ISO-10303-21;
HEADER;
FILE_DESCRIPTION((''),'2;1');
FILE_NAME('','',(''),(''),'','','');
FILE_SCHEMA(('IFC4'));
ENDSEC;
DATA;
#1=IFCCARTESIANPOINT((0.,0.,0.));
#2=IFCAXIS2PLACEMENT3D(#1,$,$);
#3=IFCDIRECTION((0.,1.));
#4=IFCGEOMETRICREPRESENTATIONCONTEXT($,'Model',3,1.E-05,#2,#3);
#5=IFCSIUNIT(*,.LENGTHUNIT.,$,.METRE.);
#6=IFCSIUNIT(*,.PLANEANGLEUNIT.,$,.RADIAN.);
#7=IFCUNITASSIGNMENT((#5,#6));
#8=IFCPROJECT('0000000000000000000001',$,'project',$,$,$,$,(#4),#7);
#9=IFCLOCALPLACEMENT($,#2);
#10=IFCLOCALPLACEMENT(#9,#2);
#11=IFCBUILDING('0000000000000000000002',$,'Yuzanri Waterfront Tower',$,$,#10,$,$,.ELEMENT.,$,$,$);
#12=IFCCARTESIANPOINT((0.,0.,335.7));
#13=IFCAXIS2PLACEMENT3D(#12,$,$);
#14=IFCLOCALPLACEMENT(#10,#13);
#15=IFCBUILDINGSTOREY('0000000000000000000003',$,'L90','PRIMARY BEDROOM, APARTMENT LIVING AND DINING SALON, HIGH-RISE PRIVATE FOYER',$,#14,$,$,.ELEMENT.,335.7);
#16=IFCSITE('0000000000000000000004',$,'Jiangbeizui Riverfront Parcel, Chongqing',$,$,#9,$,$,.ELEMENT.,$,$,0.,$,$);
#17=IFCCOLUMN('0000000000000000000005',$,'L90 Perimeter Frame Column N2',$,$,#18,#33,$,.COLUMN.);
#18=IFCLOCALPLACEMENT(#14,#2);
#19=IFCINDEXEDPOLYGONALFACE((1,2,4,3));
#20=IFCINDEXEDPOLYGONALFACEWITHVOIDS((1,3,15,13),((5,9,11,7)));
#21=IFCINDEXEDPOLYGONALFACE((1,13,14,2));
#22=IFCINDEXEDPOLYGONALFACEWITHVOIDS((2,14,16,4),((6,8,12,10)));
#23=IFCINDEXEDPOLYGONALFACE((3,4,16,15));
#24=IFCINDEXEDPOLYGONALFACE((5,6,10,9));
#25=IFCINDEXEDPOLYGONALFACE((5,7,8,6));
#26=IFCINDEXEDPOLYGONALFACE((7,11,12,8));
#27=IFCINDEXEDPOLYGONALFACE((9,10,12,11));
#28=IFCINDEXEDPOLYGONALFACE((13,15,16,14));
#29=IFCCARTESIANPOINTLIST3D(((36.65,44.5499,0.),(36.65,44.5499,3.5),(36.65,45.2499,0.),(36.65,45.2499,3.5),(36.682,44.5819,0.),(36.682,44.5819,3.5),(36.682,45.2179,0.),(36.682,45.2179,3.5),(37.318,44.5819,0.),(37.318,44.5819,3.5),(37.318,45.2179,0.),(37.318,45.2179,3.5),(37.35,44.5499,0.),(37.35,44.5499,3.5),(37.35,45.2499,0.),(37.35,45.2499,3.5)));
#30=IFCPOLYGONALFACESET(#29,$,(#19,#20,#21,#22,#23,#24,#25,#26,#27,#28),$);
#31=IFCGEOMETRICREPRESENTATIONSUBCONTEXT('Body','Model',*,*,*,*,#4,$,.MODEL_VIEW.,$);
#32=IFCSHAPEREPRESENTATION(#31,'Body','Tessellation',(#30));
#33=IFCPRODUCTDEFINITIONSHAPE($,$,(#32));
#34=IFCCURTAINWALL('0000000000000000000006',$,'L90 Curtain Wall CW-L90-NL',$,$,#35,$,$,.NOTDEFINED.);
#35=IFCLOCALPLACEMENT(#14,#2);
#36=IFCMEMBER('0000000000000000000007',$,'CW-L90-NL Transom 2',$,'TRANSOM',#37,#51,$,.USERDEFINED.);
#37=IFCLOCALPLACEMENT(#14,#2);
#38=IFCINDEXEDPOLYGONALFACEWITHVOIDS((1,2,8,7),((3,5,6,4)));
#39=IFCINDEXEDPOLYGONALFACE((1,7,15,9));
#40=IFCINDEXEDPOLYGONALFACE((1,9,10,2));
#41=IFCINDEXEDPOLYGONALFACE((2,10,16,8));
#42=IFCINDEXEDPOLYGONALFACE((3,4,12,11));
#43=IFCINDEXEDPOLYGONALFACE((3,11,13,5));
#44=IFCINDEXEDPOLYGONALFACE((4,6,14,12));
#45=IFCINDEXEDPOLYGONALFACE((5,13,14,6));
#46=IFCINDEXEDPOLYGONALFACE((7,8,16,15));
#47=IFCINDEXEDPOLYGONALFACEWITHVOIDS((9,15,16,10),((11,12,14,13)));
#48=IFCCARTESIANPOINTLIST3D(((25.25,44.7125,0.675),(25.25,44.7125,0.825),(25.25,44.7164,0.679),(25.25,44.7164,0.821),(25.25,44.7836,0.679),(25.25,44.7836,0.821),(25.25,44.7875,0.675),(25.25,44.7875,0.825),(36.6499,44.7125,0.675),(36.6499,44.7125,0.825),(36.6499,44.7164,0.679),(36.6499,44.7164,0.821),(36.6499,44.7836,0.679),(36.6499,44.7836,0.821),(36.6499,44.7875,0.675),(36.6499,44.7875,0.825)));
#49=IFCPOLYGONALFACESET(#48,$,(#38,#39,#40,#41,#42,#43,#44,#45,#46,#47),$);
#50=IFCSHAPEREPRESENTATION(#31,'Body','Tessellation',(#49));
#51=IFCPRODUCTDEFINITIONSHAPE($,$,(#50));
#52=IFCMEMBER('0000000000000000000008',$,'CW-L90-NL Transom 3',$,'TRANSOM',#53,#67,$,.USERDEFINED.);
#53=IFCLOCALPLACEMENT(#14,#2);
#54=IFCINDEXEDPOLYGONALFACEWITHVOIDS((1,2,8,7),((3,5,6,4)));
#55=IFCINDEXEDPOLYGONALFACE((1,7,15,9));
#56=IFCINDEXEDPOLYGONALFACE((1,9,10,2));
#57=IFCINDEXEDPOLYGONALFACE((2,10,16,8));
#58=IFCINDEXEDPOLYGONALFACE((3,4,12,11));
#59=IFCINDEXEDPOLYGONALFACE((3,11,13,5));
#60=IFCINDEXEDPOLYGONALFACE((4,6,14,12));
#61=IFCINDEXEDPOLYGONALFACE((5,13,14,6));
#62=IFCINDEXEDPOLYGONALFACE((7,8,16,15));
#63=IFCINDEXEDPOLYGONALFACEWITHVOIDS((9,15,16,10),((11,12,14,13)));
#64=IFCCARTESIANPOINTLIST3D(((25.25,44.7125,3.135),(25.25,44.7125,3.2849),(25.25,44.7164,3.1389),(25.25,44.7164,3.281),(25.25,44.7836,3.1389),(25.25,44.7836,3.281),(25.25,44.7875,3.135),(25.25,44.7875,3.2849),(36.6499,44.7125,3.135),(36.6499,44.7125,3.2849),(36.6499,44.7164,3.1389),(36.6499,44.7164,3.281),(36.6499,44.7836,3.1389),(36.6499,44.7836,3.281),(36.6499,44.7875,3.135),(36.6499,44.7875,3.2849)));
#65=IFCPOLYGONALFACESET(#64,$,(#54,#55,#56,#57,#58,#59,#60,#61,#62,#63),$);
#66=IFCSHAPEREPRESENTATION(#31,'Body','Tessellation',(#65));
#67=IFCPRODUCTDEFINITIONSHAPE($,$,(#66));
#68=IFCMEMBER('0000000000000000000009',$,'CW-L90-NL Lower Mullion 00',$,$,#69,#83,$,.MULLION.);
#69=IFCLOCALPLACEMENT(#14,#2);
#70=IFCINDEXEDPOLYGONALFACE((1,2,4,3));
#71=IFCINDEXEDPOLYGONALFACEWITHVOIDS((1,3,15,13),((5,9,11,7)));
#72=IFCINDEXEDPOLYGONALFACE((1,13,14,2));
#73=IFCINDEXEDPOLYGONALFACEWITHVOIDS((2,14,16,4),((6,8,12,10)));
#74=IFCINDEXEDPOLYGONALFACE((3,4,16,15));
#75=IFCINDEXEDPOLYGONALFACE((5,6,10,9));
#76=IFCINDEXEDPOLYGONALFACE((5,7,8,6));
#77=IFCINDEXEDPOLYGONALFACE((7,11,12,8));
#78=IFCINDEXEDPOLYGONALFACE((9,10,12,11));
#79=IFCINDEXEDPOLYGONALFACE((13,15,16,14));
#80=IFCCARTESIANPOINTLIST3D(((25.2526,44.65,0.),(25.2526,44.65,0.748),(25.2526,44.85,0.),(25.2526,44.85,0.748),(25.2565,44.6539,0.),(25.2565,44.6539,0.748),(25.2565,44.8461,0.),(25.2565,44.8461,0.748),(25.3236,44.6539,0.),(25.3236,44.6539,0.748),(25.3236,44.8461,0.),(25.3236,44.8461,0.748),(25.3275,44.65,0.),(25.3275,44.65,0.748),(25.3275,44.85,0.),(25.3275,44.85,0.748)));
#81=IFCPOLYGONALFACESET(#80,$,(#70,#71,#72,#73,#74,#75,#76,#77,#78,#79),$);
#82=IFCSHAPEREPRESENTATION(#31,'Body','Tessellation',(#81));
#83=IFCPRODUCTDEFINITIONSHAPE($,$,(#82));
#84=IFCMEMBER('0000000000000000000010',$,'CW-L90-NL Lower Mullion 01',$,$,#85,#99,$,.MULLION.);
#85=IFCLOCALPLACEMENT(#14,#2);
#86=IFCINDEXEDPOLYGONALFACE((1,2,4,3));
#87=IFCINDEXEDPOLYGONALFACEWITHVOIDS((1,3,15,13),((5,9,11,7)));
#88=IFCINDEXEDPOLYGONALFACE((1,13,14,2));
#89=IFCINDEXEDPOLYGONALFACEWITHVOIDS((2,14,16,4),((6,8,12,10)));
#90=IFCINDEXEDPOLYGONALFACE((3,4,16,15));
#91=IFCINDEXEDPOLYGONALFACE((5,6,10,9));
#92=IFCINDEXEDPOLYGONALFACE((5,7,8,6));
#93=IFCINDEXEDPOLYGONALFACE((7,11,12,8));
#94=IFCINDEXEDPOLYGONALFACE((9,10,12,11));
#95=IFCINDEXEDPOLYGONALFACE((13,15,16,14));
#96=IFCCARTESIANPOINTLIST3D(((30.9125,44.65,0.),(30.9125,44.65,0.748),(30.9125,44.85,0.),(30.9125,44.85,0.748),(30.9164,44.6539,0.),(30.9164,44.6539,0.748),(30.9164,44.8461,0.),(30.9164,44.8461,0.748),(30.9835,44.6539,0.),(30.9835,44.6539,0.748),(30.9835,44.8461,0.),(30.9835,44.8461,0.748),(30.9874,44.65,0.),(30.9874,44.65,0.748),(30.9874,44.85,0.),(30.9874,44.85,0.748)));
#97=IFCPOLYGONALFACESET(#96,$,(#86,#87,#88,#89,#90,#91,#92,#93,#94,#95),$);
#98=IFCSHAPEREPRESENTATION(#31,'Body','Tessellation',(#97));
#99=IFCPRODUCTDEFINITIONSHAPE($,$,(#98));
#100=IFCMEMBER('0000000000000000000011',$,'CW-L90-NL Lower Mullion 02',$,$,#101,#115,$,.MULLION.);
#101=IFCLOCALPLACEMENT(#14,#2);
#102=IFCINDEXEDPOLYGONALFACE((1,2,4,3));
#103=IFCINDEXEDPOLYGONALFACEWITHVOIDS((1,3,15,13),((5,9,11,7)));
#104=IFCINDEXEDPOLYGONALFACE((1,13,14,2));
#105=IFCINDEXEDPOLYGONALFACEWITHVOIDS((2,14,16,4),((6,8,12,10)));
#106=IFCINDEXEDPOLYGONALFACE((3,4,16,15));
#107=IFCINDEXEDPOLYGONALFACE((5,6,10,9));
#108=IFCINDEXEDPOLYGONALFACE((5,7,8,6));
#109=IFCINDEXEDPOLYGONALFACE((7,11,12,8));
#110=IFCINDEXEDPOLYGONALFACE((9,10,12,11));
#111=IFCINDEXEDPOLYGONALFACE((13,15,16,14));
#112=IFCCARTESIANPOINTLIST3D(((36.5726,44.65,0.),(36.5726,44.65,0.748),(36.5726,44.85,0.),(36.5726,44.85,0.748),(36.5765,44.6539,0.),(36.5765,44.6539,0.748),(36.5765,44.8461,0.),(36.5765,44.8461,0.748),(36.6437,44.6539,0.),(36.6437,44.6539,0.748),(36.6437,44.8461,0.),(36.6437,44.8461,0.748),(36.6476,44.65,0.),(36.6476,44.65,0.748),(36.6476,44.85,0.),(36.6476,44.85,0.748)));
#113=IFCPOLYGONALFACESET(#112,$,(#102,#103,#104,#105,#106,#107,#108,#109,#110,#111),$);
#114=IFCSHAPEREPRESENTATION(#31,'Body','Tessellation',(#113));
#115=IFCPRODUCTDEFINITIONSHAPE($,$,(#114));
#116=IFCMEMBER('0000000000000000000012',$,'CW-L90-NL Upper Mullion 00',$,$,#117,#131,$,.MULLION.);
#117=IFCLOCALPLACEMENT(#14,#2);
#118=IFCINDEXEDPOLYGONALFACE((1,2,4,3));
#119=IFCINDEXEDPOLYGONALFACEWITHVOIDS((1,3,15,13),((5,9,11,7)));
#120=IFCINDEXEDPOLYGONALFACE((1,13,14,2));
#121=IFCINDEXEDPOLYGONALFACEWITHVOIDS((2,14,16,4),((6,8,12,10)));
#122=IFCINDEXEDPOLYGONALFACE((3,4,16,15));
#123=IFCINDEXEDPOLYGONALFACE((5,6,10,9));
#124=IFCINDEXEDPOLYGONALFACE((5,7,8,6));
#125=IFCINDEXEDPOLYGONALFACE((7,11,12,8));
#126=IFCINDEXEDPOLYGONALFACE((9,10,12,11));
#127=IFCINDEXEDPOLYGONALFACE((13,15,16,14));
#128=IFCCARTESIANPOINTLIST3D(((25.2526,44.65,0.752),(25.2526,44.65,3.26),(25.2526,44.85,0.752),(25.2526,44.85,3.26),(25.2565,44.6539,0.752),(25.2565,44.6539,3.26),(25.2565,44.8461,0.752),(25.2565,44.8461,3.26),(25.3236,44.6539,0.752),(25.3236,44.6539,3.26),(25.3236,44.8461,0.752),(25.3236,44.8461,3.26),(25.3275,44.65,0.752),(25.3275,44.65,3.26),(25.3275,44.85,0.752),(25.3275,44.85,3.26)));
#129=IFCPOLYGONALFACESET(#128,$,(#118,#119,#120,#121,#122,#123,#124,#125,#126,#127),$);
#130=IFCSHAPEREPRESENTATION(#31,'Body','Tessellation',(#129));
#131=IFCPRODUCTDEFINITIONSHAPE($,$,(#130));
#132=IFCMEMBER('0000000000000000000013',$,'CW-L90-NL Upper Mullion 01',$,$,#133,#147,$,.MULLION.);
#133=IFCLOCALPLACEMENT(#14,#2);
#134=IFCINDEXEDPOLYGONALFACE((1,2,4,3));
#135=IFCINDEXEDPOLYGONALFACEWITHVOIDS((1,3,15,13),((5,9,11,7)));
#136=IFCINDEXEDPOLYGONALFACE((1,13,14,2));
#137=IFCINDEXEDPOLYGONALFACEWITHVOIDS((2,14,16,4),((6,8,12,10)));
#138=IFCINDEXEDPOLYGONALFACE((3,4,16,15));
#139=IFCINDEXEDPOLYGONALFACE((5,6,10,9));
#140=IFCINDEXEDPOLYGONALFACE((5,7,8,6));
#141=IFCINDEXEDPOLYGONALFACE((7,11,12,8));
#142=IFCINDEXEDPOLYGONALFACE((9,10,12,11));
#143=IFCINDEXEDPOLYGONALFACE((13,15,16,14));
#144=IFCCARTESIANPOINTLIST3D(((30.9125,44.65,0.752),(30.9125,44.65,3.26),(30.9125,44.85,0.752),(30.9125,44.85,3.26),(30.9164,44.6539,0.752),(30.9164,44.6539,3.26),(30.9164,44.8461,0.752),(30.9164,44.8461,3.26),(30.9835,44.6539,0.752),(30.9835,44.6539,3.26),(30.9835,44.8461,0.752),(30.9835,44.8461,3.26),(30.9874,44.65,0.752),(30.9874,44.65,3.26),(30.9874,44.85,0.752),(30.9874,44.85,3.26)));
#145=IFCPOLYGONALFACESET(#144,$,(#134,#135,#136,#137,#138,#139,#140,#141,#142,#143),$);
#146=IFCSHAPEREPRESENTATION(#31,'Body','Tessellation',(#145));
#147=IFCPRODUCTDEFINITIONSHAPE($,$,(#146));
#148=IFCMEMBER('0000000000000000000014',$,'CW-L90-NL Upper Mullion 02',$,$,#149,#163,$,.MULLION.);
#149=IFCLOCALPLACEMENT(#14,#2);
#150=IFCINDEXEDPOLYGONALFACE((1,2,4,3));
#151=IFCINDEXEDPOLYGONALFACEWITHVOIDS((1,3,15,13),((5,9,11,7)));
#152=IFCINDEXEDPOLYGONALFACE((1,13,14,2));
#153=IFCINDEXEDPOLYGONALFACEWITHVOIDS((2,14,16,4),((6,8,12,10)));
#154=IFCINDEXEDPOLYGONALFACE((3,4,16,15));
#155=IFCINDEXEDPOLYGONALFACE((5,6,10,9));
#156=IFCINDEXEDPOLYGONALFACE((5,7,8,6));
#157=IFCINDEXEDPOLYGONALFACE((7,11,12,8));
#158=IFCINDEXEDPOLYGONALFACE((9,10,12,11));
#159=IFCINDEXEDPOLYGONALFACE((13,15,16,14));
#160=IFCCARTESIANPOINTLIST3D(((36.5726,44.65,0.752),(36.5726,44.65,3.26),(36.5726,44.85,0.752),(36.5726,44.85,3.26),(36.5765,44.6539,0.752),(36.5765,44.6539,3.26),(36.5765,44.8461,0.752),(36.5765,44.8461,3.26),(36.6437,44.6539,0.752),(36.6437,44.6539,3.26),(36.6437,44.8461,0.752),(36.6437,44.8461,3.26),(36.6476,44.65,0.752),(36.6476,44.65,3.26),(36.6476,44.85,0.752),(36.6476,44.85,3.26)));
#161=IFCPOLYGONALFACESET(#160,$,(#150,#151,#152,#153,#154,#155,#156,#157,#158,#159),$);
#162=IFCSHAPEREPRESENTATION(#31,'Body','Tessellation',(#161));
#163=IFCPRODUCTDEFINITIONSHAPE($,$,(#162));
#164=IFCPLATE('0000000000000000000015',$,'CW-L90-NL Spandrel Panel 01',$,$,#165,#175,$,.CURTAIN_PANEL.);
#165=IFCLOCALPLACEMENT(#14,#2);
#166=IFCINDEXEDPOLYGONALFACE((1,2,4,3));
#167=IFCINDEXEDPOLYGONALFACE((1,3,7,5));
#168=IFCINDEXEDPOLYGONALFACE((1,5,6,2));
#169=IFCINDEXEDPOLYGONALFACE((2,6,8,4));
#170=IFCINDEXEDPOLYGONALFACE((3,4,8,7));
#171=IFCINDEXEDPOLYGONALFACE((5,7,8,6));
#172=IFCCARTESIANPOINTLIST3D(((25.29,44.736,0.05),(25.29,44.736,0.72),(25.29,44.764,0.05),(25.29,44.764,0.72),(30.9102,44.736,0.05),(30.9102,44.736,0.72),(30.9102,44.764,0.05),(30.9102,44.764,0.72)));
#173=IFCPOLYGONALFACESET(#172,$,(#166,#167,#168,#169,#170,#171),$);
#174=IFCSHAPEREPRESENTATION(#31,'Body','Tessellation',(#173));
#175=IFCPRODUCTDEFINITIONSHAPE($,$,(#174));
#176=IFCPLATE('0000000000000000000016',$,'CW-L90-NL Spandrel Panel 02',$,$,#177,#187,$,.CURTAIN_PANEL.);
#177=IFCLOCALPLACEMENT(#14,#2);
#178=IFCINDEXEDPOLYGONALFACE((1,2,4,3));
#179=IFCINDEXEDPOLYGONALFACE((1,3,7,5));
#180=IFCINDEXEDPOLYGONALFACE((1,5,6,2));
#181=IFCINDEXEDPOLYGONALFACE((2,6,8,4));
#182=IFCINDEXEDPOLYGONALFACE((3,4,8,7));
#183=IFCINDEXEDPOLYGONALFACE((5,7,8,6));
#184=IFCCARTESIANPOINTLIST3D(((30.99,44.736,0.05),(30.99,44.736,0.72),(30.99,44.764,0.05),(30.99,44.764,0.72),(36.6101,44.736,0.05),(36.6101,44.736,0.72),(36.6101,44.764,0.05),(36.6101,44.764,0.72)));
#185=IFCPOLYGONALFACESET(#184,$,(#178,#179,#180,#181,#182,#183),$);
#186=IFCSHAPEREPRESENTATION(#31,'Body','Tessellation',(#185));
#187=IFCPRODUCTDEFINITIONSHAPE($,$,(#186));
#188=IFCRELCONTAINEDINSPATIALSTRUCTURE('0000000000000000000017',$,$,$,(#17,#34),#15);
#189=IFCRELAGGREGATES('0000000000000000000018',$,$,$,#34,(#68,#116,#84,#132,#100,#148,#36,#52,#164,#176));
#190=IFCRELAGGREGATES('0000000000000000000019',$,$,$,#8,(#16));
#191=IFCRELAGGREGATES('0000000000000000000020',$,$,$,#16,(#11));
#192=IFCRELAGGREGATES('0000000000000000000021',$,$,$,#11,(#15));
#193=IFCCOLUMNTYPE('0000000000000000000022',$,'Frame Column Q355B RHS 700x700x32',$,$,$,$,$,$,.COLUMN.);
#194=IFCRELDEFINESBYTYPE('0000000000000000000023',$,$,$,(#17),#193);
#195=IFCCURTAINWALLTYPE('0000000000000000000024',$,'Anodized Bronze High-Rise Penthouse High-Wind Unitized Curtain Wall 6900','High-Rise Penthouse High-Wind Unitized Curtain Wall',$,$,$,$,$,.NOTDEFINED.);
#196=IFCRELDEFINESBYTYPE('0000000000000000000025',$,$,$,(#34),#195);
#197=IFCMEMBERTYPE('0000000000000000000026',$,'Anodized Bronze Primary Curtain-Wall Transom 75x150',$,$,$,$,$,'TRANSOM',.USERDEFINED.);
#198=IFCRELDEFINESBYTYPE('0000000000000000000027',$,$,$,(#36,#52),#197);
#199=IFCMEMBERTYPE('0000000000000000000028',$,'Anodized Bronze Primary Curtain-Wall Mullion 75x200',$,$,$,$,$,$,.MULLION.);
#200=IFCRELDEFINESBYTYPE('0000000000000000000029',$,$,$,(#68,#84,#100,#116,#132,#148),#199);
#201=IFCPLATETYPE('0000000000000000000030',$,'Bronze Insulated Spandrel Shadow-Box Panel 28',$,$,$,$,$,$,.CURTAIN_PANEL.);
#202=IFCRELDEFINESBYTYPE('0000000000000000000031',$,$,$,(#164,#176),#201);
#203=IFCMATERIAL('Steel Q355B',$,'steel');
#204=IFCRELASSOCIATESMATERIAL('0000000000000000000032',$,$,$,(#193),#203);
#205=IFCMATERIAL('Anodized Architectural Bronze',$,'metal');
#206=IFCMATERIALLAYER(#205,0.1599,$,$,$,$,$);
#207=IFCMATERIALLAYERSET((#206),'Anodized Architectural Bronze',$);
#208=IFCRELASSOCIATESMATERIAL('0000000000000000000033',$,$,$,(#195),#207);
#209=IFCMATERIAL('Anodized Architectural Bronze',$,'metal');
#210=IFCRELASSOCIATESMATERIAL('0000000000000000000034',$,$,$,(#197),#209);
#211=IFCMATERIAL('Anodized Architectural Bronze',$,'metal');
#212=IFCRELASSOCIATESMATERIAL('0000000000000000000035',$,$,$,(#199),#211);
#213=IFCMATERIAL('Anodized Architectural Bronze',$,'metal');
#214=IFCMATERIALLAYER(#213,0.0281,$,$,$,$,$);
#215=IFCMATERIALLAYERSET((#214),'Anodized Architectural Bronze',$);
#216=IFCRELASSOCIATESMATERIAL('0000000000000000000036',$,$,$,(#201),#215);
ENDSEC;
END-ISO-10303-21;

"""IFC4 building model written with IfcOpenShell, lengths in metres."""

from ifc_helpers import new_model, si_unit, direction, frame, origin, origin_2d, place, context, subcontext, project, spatial, rectangle, hollow_rectangle, extrude, source, transform, mapped, material, layer, layer_set, material_profile, profile_set, type_object, element, aggregate, save


model = new_model("IFC4")

# Units and contexts
model_context = context("Model", 3, precision=1e-05, world=origin(), true_north=direction((0.0, 1.0)))
body_context = subcontext(model_context, "Body", "Model", "MODEL_VIEW")
ifc_project = project(units=[si_unit("LENGTHUNIT", "METRE"), si_unit("PLANEANGLEUNIT", "RADIAN")], contexts=[model_context])

# Site, building, storey
site_placement = place(None, origin())
site = spatial("IfcSite", under=ifc_project, at=site_placement, Name="Jiangbeizui Riverfront Parcel, Chongqing", CompositionType="ELEMENT", RefElevation=0.0)
building_placement = place(site_placement, origin())
building = spatial("IfcBuilding", under=site, at=building_placement, Name="Yuzanri Waterfront Tower", CompositionType="ELEMENT")
storey_placement = place(building_placement, frame((0.0, 0.0, 335.7)))
storey = spatial("IfcBuildingStorey", under=building, at=storey_placement, Name="L90", Description="PRIMARY BEDROOM, APARTMENT LIVING AND DINING SALON, HIGH-RISE PRIVATE FOYER", CompositionType="ELEMENT", Elevation=335.7)

# Column
ifc_material_1 = material(Name="Steel Q355B", Category="steel")
ifc_material_profile_1 = material_profile(ifc_material_1, hollow_rectangle(XDim=0.7, YDim=0.7, WallThickness=0.032, at=origin_2d()), Name="RHS 700x700x32")
ifc_profile_set_1 = profile_set([ifc_material_profile_1], Name="Steel Q355B")
column_type = type_object("IfcColumnType", Name="Frame Column Q355B RHS 700x700x32", PredefinedType="COLUMN", material=ifc_profile_set_1)
shared_shape_1 = source(origin(), body_context, "Body", "SweptSolid", [
    extrude(hollow_rectangle(XDim=0.7, YDim=0.7, WallThickness=0.032, at=origin_2d()), origin(), (0.0, 0.0, 1.0), 3.5),
])
column_placement = place(storey_placement, frame((37.0, 44.8999, 0.0), z_axis=(0.0, 0.0, 1.0), x_axis=(1.0, 0.0, 0.0)))
element("IfcColumn", 1, at=column_placement, inside=storey, type_object=column_type, Name="L90 Perimeter Frame Column N2", PredefinedType="COLUMN", context=body_context, shape_type="MappedRepresentation", body=[
    mapped(shared_shape_1, transform((0.0, 0.0, 0.0), scale=1.0)),
])

# Curtain wall, members, plates
ifc_material_2 = material(Name="Anodized Architectural Bronze", Category="metal")
ifc_layer_1 = layer(ifc_material_2, 0.1599)
ifc_layer_set_1 = layer_set([ifc_layer_1], Name="Anodized Architectural Bronze")
curtain_wall_type = type_object("IfcCurtainWallType", Name="Anodized Bronze High-Rise Penthouse High-Wind Unitized Curtain Wall 6900", Description="High-Rise Penthouse High-Wind Unitized Curtain Wall", PredefinedType="NOTDEFINED", material=ifc_layer_set_1)
curtain_wall_placement = place(storey_placement, origin())
curtain_wall = element("IfcCurtainWall", 2, at=curtain_wall_placement, inside=storey, type_object=curtain_wall_type, Name="L90 Curtain Wall CW-L90-NL", PredefinedType="NOTDEFINED")
ifc_material_3 = material(Name="Anodized Architectural Bronze", Category="metal")
ifc_material_profile_2 = material_profile(ifc_material_3, hollow_rectangle(XDim=0.075, YDim=0.1499, WallThickness=0.0039, at=origin_2d()), Name="CWT 75x150")
ifc_profile_set_2 = profile_set([ifc_material_profile_2], Name="Anodized Architectural Bronze")
member_type_1 = type_object("IfcMemberType", Name="Anodized Bronze Primary Curtain-Wall Transom 75x150", ElementType="TRANSOM", PredefinedType="USERDEFINED", material=ifc_profile_set_2)
shared_shape_2 = source(origin(), body_context, "Body", "SweptSolid", [
    extrude(hollow_rectangle(XDim=0.075, YDim=0.1499, WallThickness=0.0039, at=origin_2d()), origin(), (0.0, 0.0, 1.0), 11.3999),
])
member_1_placement = place(storey_placement, frame((25.25, 44.75, 0.75), z_axis=(1.0, 0.0, 0.0), x_axis=(0.0, 1.0, 0.0)))
member_1 = element("IfcMember", 3, at=member_1_placement, type_object=member_type_1, Name="CW-L90-NL Transom 2", ObjectType="TRANSOM", PredefinedType="USERDEFINED", context=body_context, shape_type="MappedRepresentation", body=[
    mapped(shared_shape_2, transform((0.0, 0.0, 0.0), scale=1.0)),
])
member_2_placement = place(storey_placement, frame((25.25, 44.75, 3.21), z_axis=(1.0, 0.0, 0.0), x_axis=(0.0, 1.0, 0.0)))
member_2 = element("IfcMember", 4, at=member_2_placement, type_object=member_type_1, Name="CW-L90-NL Transom 3", ObjectType="TRANSOM", PredefinedType="USERDEFINED", context=body_context, shape_type="MappedRepresentation", body=[
    mapped(shared_shape_2, transform((0.0, 0.0, 0.0), scale=1.0)),
])
ifc_material_4 = material(Name="Anodized Architectural Bronze", Category="metal")
ifc_material_profile_3 = material_profile(ifc_material_4, hollow_rectangle(XDim=0.075, YDim=0.2, WallThickness=0.0039, at=origin_2d()), Name="CWM 75x200")
ifc_profile_set_3 = profile_set([ifc_material_profile_3], Name="Anodized Architectural Bronze")
member_type_2 = type_object("IfcMemberType", Name="Anodized Bronze Primary Curtain-Wall Mullion 75x200", PredefinedType="MULLION", material=ifc_profile_set_3)
shared_shape_3 = source(origin(), body_context, "Body", "SweptSolid", [
    extrude(hollow_rectangle(XDim=0.075, YDim=0.2, WallThickness=0.0039, at=origin_2d()), origin(), (0.0, 0.0, 1.0), 0.748),
])
member_3_placement = place(storey_placement, frame((25.29, 44.75, 0.0), z_axis=(0.0, 0.0, 1.0), x_axis=(1.0, 0.0, 0.0)))
member_3 = element("IfcMember", 5, at=member_3_placement, type_object=member_type_2, Name="CW-L90-NL Lower Mullion 00", PredefinedType="MULLION", context=body_context, shape_type="MappedRepresentation", body=[
    mapped(shared_shape_3, transform((0.0, 0.0, 0.0), scale=1.0)),
])
member_4_placement = place(storey_placement, frame((30.95, 44.75, 0.0), z_axis=(0.0, 0.0, 1.0), x_axis=(1.0, 0.0, 0.0)))
member_4 = element("IfcMember", 6, at=member_4_placement, type_object=member_type_2, Name="CW-L90-NL Lower Mullion 01", PredefinedType="MULLION", context=body_context, shape_type="MappedRepresentation", body=[
    mapped(shared_shape_3, transform((0.0, 0.0, 0.0), scale=1.0)),
])
member_5_placement = place(storey_placement, frame((36.6101, 44.75, 0.0), z_axis=(0.0, 0.0, 1.0), x_axis=(1.0, 0.0, 0.0)))
member_5 = element("IfcMember", 7, at=member_5_placement, type_object=member_type_2, Name="CW-L90-NL Lower Mullion 02", PredefinedType="MULLION", context=body_context, shape_type="MappedRepresentation", body=[
    mapped(shared_shape_3, transform((0.0, 0.0, 0.0), scale=1.0)),
])
shared_shape_4 = source(origin(), body_context, "Body", "SweptSolid", [
    extrude(hollow_rectangle(XDim=0.075, YDim=0.2, WallThickness=0.0039, at=origin_2d()), origin(), (0.0, 0.0, 1.0), 2.5081),
])
member_6_placement = place(storey_placement, frame((25.29, 44.75, 0.752), z_axis=(0.0, 0.0, 1.0), x_axis=(1.0, 0.0, 0.0)))
member_6 = element("IfcMember", 8, at=member_6_placement, type_object=member_type_2, Name="CW-L90-NL Upper Mullion 00", PredefinedType="MULLION", context=body_context, shape_type="MappedRepresentation", body=[
    mapped(shared_shape_4, transform((0.0, 0.0, 0.0), scale=1.0)),
])
member_7_placement = place(storey_placement, frame((30.95, 44.75, 0.752), z_axis=(0.0, 0.0, 1.0), x_axis=(1.0, 0.0, 0.0)))
member_7 = element("IfcMember", 9, at=member_7_placement, type_object=member_type_2, Name="CW-L90-NL Upper Mullion 01", PredefinedType="MULLION", context=body_context, shape_type="MappedRepresentation", body=[
    mapped(shared_shape_4, transform((0.0, 0.0, 0.0), scale=1.0)),
])
member_8_placement = place(storey_placement, frame((36.6101, 44.75, 0.752), z_axis=(0.0, 0.0, 1.0), x_axis=(1.0, 0.0, 0.0)))
member_8 = element("IfcMember", 10, at=member_8_placement, type_object=member_type_2, Name="CW-L90-NL Upper Mullion 02", PredefinedType="MULLION", context=body_context, shape_type="MappedRepresentation", body=[
    mapped(shared_shape_4, transform((0.0, 0.0, 0.0), scale=1.0)),
])
ifc_material_5 = material(Name="Anodized Architectural Bronze", Category="metal")
ifc_layer_2 = layer(ifc_material_5, 0.0281)
ifc_layer_set_2 = layer_set([ifc_layer_2], Name="Anodized Architectural Bronze")
plate_type_1 = type_object("IfcPlateType", Name="Bronze Insulated Spandrel Shadow-Box Panel 28", PredefinedType="CURTAIN_PANEL", material=ifc_layer_set_2)
shared_shape_5 = source(origin(), body_context, "Body", "SweptSolid", [
    extrude(rectangle(XDim=5.6201, YDim=0.0281, at=origin_2d()), origin(), (0.0, 0.0, 1.0), 0.6699),
])
plate_1_placement = place(storey_placement, frame((28.1001, 44.75, 0.05), z_axis=(0.0, 0.0, 1.0), x_axis=(1.0, 0.0, 0.0)))
plate_1 = element("IfcPlate", 11, at=plate_1_placement, type_object=plate_type_1, Name="CW-L90-NL Spandrel Panel 01", PredefinedType="CURTAIN_PANEL", context=body_context, shape_type="MappedRepresentation", body=[
    mapped(shared_shape_5, transform((0.0, 0.0, 0.0), scale=1.0)),
])
plate_2_placement = place(storey_placement, frame((33.8, 44.75, 0.05), z_axis=(0.0, 0.0, 1.0), x_axis=(1.0, 0.0, 0.0)))
plate_2 = element("IfcPlate", 12, at=plate_2_placement, type_object=plate_type_1, Name="CW-L90-NL Spandrel Panel 02", PredefinedType="CURTAIN_PANEL", context=body_context, shape_type="MappedRepresentation", body=[
    mapped(shared_shape_5, transform((0.0, 0.0, 0.0), scale=1.0)),
])
aggregate(curtain_wall, [member_3, member_6, member_4, member_7, member_5, member_8, member_1, member_2, plate_1, plate_2])

save(model, "model.ifc")
